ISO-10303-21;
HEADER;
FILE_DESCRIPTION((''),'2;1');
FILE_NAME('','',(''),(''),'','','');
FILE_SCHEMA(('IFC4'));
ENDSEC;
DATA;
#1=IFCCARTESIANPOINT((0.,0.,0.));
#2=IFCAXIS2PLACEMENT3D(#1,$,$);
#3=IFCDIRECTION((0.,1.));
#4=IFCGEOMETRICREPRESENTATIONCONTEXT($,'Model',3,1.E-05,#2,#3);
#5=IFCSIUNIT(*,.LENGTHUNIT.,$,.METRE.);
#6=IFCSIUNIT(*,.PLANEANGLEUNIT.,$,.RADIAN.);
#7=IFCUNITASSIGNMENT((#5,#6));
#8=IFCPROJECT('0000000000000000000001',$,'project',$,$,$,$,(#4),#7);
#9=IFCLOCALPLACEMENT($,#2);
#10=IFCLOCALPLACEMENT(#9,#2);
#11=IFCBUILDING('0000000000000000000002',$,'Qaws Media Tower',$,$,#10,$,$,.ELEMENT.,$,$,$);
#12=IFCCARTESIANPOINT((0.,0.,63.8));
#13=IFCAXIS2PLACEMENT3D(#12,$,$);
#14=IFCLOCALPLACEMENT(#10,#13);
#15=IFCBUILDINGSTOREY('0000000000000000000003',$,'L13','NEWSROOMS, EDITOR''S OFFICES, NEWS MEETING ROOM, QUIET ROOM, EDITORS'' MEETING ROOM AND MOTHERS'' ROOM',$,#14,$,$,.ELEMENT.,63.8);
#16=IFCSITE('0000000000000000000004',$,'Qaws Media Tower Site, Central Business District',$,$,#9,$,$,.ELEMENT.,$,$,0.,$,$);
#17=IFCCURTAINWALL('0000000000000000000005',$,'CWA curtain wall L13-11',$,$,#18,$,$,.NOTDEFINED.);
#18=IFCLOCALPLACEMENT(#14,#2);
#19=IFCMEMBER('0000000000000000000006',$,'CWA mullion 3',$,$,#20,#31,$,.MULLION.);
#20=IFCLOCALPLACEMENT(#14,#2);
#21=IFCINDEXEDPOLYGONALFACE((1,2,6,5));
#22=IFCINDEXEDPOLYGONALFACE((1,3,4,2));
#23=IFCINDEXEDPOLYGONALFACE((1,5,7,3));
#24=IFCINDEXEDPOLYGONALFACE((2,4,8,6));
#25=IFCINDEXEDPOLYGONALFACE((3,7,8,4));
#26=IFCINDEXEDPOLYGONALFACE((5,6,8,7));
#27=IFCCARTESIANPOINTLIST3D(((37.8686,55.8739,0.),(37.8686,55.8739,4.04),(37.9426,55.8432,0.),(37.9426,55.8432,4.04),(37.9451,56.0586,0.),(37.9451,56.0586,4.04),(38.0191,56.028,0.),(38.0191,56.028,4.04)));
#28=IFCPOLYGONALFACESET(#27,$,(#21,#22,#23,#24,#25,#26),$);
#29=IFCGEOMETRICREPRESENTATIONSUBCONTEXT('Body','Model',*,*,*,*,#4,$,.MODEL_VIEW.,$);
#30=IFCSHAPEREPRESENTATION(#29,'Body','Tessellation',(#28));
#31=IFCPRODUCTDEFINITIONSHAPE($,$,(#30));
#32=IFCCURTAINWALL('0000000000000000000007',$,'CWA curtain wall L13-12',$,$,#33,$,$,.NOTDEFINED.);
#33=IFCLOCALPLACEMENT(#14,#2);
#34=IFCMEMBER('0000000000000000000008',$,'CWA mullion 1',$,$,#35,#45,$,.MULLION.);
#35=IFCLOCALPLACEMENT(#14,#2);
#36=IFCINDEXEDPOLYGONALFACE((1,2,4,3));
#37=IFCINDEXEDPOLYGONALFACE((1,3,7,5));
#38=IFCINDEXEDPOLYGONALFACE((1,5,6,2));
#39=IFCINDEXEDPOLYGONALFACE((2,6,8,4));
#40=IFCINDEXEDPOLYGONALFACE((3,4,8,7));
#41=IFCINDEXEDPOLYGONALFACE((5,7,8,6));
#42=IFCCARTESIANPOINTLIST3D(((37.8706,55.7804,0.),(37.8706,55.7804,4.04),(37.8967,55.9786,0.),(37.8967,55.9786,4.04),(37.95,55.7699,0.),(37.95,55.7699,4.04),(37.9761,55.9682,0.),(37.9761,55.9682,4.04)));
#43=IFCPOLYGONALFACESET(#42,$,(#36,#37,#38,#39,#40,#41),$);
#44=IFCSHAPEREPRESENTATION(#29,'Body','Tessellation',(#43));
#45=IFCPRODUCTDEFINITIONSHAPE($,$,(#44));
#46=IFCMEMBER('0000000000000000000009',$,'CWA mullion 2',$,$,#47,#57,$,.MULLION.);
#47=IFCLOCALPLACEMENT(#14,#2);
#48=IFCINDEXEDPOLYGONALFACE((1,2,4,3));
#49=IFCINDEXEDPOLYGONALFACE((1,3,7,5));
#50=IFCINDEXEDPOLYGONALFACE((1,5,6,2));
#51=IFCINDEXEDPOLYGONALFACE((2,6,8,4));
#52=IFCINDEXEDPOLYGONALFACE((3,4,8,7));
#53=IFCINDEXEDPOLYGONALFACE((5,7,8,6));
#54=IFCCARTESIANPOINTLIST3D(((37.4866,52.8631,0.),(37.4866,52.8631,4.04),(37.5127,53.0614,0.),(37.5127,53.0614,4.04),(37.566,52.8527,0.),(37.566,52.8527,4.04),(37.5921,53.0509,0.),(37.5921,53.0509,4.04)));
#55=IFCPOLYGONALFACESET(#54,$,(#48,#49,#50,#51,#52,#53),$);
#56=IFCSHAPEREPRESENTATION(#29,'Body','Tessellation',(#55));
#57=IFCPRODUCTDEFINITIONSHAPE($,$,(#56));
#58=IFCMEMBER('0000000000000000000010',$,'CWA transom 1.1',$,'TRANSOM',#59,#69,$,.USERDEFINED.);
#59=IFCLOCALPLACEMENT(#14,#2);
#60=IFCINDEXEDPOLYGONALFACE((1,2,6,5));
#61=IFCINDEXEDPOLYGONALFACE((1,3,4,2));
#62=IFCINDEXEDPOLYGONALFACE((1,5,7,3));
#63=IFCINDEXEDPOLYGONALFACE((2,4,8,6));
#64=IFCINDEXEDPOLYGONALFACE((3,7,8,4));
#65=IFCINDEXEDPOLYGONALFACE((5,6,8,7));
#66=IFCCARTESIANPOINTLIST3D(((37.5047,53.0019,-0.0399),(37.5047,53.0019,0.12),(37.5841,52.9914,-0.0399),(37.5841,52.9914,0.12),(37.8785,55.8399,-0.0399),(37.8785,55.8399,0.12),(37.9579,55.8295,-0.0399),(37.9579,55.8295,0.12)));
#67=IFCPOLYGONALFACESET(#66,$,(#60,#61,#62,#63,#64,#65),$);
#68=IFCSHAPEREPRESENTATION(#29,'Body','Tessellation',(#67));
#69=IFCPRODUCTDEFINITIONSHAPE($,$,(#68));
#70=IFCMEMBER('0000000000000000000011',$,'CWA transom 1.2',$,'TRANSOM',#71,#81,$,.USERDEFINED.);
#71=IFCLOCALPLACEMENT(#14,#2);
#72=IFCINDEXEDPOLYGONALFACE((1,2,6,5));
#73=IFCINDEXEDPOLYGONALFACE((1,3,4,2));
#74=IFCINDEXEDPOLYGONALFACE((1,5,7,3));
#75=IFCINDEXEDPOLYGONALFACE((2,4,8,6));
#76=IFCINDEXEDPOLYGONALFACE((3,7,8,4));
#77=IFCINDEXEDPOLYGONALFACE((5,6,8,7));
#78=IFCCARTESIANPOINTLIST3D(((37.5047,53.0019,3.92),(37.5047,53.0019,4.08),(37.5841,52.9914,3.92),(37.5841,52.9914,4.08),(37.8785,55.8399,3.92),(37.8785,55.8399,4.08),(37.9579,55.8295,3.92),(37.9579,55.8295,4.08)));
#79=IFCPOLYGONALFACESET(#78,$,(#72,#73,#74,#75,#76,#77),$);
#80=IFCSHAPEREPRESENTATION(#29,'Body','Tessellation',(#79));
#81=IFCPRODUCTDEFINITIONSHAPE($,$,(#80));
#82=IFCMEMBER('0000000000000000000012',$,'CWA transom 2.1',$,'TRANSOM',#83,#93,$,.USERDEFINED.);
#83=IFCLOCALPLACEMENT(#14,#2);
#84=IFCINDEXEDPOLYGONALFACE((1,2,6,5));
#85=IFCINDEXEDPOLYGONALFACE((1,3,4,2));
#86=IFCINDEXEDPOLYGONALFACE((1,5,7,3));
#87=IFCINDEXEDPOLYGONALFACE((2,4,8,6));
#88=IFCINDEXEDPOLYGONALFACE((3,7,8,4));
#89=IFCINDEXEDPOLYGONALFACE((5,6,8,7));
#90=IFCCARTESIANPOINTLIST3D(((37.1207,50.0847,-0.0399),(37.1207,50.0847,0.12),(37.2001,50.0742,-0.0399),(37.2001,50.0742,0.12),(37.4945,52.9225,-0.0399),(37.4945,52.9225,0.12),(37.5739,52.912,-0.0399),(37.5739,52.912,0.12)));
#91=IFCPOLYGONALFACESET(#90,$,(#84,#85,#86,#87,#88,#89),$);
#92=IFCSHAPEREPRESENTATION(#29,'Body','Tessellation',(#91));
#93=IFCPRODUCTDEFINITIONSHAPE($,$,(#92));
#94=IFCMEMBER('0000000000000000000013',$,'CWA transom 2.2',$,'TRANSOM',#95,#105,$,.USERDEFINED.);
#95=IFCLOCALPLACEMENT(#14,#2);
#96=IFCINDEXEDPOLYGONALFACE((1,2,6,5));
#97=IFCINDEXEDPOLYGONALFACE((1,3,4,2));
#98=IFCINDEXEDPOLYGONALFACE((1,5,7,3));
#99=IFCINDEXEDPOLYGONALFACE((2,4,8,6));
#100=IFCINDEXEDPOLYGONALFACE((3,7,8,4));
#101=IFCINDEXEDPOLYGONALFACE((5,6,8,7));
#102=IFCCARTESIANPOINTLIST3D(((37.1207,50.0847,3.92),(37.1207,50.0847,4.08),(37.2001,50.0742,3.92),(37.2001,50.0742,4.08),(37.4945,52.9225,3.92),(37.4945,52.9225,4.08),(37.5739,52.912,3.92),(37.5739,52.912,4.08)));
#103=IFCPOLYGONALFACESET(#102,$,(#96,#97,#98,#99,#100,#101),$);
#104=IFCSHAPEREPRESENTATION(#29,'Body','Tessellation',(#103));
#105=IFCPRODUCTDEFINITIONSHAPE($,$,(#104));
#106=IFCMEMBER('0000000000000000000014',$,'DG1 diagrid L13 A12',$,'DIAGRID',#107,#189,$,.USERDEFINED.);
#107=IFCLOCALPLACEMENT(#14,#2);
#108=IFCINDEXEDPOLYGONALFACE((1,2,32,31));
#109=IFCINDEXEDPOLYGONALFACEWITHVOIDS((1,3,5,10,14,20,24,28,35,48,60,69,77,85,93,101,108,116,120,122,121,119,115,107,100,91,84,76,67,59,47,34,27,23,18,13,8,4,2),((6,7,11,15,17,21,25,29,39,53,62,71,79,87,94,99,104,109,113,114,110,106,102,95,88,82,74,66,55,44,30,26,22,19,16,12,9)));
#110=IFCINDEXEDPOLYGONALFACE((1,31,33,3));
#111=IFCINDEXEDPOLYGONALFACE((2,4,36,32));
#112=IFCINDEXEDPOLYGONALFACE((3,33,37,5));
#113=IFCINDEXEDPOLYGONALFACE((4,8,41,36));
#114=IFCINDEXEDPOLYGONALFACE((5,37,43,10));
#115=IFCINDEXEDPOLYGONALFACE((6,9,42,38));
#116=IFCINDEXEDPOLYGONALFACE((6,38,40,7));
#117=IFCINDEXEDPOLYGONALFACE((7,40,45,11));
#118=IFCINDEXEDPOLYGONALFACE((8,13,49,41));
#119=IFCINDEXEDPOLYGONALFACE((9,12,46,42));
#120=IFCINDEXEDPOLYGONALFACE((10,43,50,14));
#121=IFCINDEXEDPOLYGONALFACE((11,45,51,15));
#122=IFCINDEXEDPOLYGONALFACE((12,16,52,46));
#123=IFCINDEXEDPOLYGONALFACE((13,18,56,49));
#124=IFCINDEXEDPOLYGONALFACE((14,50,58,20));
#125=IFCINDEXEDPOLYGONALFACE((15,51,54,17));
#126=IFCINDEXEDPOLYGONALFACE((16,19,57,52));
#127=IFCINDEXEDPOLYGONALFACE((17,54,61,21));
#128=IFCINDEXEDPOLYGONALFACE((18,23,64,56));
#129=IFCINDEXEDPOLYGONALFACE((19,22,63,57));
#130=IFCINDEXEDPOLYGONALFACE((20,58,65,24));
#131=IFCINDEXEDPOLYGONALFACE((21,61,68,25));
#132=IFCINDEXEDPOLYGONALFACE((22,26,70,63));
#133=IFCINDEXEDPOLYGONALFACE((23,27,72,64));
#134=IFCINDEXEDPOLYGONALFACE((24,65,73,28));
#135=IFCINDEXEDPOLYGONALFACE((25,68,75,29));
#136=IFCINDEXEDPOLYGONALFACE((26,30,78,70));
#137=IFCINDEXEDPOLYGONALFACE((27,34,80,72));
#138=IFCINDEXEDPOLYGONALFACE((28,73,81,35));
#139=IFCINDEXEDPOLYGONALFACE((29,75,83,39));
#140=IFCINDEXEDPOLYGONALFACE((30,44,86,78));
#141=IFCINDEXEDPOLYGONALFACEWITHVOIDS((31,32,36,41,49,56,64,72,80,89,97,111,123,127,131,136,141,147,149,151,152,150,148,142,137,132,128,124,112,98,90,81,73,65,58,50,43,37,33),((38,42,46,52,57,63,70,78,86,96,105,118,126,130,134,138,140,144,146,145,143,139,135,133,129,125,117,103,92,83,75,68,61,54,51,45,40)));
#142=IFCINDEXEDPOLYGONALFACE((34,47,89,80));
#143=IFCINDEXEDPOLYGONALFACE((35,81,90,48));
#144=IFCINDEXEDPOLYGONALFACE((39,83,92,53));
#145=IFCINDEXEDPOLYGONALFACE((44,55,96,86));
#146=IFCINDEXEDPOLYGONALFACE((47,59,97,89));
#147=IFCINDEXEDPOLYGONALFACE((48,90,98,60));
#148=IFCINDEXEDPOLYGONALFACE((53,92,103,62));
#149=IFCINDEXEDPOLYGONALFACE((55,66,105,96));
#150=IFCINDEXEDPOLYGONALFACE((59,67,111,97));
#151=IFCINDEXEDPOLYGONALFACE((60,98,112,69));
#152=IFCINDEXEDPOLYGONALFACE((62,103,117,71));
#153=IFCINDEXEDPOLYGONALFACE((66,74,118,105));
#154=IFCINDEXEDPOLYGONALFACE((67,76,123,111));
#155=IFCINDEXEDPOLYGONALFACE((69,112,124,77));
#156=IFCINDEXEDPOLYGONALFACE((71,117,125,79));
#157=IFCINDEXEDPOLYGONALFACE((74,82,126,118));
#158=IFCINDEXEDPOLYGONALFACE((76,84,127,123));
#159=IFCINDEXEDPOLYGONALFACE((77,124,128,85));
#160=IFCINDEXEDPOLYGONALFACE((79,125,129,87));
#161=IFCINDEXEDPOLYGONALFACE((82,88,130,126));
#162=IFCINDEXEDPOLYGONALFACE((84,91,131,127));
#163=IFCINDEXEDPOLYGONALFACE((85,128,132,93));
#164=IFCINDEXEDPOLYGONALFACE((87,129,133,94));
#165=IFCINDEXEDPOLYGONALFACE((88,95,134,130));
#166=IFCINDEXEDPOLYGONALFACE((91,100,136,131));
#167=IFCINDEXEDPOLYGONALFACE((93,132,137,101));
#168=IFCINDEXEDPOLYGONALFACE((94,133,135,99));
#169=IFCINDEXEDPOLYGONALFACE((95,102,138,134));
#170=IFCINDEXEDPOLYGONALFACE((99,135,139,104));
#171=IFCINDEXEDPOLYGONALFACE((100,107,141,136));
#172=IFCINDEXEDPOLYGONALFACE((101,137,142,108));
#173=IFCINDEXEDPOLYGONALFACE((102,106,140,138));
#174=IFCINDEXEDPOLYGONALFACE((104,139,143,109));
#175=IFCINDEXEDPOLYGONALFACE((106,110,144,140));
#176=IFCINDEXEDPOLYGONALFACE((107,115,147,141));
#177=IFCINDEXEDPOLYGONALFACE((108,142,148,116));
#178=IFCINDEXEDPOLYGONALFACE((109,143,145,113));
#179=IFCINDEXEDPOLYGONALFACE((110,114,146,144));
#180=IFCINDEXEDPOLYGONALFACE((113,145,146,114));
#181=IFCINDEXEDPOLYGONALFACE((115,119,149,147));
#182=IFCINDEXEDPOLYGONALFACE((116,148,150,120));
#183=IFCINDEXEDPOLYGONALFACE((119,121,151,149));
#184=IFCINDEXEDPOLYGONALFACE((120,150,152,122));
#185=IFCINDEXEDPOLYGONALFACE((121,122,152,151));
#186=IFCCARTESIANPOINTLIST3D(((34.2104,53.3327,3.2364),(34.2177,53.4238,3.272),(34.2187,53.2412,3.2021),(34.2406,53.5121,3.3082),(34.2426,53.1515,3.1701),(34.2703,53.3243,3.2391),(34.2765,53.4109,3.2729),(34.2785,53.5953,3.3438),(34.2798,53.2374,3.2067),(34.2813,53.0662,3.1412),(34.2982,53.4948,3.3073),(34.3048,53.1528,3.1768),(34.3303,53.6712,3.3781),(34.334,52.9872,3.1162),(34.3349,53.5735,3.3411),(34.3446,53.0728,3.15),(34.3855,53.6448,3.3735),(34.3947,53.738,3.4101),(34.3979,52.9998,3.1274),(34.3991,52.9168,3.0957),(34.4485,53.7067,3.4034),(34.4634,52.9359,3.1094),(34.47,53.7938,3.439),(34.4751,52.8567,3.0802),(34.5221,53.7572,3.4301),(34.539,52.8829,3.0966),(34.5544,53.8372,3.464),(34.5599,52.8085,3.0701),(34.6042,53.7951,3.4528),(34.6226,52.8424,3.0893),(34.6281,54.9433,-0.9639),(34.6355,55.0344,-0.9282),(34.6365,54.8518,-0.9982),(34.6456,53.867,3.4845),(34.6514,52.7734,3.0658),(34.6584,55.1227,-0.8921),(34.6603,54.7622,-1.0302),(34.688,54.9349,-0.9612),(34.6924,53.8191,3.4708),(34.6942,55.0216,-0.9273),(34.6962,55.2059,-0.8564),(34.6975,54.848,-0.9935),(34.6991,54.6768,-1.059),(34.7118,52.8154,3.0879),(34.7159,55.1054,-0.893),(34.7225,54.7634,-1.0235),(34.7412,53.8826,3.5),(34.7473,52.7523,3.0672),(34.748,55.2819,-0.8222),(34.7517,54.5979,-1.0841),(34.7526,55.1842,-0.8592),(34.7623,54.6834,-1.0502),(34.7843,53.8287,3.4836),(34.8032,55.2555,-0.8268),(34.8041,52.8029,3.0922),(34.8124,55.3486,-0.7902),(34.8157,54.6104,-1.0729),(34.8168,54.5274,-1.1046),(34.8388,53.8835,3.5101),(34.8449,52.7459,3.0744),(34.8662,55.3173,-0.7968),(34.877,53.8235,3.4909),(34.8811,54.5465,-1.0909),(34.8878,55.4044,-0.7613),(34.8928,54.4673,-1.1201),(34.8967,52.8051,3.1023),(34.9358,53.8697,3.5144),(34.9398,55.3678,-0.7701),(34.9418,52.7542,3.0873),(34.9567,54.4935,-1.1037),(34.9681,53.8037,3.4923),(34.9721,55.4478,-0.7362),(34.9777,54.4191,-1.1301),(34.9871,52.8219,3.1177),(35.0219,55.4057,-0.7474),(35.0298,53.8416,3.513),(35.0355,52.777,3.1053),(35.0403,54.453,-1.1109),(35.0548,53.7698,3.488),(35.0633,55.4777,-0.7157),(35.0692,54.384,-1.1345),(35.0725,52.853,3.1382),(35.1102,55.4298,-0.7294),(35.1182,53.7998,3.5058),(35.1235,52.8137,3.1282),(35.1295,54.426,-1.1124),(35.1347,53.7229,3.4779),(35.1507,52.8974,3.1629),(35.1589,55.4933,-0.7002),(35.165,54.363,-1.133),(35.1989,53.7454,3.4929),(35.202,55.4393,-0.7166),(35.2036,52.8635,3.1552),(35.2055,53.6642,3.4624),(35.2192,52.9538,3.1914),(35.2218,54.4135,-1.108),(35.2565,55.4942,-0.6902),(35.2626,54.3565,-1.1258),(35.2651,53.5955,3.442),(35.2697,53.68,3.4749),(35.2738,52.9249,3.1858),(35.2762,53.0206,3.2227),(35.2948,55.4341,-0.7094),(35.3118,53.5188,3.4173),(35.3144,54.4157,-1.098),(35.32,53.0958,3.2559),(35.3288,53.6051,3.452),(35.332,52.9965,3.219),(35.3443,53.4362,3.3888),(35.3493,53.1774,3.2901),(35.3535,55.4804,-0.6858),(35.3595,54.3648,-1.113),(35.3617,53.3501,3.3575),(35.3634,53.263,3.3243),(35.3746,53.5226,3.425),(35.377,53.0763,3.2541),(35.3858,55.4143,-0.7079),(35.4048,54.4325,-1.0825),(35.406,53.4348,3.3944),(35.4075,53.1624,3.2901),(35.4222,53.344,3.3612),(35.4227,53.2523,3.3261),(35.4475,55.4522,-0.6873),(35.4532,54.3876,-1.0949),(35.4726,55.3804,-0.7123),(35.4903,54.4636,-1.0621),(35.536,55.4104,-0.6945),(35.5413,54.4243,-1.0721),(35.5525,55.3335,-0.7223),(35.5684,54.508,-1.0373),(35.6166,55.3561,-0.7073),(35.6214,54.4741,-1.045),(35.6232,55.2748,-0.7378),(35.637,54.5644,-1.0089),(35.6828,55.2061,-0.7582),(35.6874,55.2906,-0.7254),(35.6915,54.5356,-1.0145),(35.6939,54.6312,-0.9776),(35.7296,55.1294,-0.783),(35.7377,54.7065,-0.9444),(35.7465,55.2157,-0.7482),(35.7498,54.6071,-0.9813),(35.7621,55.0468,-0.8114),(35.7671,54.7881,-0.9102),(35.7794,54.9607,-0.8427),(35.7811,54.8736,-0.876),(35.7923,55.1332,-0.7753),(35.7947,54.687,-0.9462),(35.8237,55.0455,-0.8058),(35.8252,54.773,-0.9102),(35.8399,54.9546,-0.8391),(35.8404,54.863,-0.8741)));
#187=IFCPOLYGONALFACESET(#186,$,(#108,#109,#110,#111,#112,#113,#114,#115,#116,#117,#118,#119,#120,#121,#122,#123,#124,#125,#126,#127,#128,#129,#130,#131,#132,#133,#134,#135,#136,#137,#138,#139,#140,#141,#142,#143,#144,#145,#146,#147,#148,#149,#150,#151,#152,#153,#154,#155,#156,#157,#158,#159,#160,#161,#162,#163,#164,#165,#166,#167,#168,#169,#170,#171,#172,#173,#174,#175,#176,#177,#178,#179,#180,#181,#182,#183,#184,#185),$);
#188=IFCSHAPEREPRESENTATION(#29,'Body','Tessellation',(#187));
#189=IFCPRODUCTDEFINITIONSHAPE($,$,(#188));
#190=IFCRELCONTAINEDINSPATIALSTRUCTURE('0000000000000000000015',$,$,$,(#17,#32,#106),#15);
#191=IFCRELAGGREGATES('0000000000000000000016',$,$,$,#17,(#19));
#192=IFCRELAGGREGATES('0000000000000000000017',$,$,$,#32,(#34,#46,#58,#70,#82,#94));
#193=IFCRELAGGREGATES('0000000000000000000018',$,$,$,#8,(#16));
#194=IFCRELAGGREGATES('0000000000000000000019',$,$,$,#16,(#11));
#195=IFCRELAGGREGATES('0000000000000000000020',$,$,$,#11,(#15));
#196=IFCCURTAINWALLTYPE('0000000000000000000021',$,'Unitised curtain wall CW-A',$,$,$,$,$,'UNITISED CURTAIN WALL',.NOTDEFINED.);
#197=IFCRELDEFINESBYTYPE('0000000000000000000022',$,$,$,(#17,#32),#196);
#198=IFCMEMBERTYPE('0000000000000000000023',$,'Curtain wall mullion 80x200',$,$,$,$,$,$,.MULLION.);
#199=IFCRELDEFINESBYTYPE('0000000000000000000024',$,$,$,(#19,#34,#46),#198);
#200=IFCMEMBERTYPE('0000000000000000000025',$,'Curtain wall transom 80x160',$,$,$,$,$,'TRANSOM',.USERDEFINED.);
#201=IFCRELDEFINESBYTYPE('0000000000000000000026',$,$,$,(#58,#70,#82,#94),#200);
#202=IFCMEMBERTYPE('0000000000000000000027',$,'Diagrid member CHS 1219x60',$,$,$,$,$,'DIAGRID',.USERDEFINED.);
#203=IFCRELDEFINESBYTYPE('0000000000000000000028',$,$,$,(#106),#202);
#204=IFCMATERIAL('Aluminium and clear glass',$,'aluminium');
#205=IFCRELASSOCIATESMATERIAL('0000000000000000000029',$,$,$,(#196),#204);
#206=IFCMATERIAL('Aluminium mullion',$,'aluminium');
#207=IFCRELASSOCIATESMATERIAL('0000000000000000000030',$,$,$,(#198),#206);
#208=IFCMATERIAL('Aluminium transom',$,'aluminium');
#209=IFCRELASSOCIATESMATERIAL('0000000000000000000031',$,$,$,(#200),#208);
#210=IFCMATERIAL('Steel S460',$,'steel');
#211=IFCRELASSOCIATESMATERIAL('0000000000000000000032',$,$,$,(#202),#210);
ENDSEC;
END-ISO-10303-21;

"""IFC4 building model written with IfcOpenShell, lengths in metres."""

from ifc_helpers import new_model, si_unit, direction, frame, origin, origin_2d, place, context, subcontext, project, spatial, rectangle, hollow_circle, extrude, material, material_profile, profile_set, type_object, element, aggregate, save


model = new_model("IFC4")

# Units and contexts
model_context = context("Model", 3, precision=1e-05, world=origin(), true_north=direction((0.0, 1.0)))
body_context = subcontext(model_context, "Body", "Model", "MODEL_VIEW")
ifc_project = project(units=[si_unit("LENGTHUNIT", "METRE"), si_unit("PLANEANGLEUNIT", "RADIAN")], contexts=[model_context])

# Site, building, storey
site_placement = place(None, origin())
site = spatial("IfcSite", under=ifc_project, at=site_placement, Name="Qaws Media Tower Site, Central Business District", CompositionType="ELEMENT", RefElevation=0.0)
building_placement = place(site_placement, origin())
building = spatial("IfcBuilding", under=site, at=building_placement, Name="Qaws Media Tower", CompositionType="ELEMENT")
storey_placement = place(building_placement, frame((0.0, 0.0, 63.8)))
storey = spatial("IfcBuildingStorey", under=building, at=storey_placement, Name="L13", Description="NEWSROOMS, EDITOR'S OFFICES, NEWS MEETING ROOM, QUIET ROOM, EDITORS' MEETING ROOM AND MOTHERS' ROOM", CompositionType="ELEMENT", Elevation=63.8)

# Curtain wall, member
ifc_material_1 = material(Name="Aluminium and clear glass", Category="aluminium")
curtain_wall_type = type_object("IfcCurtainWallType", Name="Unitised curtain wall CW-A", ElementType="UNITISED CURTAIN WALL", PredefinedType="NOTDEFINED", material=ifc_material_1)
curtain_wall_1_placement = place(storey_placement, origin())
curtain_wall_1 = element("IfcCurtainWall", 1, at=curtain_wall_1_placement, inside=storey, type_object=curtain_wall_type, Name="CWA curtain wall L13-11", PredefinedType="NOTDEFINED")
ifc_material_2 = material(Name="Aluminium mullion", Category="aluminium")
ifc_material_profile_1 = material_profile(ifc_material_2, rectangle(XDim=0.0801, YDim=0.2, at=origin_2d()), Name="80x200")
ifc_profile_set_1 = profile_set([ifc_material_profile_1], Name="Aluminium mullion")
member_type_1 = type_object("IfcMemberType", Name="Curtain wall mullion 80x200", PredefinedType="MULLION", material=ifc_profile_set_1)
member_1_placement = place(storey_placement, frame((37.9438, 55.9509, 0.0), z_axis=(0.0, 0.0, 1.0), x_axis=(0.92388, -0.382683, 0.0)))
member_1 = element("IfcMember", 2, at=member_1_placement, type_object=member_type_1, Name="CWA mullion 3", PredefinedType="MULLION", context=body_context, shape_type="SweptSolid", body=[
    extrude(rectangle(XDim=0.0801, YDim=0.2, at=origin_2d()), origin(), (0.0, 0.0, 1.0), 4.04),
])

# Curtain wall, members
curtain_wall_2_placement = place(storey_placement, origin())
curtain_wall_2 = element("IfcCurtainWall", 3, at=curtain_wall_2_placement, inside=storey, type_object=curtain_wall_type, Name="CWA curtain wall L13-12", PredefinedType="NOTDEFINED")
member_2_placement = place(storey_placement, frame((37.9233, 55.8743, 0.0), z_axis=(0.0, 0.0, 1.0), x_axis=(0.991445, -0.130526, 0.0)))
member_2 = element("IfcMember", 4, at=member_2_placement, type_object=member_type_1, Name="CWA mullion 1", PredefinedType="MULLION", context=body_context, shape_type="SweptSolid", body=[
    extrude(rectangle(XDim=0.0801, YDim=0.2, at=origin_2d()), origin(), (0.0, 0.0, 1.0), 4.04),
])
member_3_placement = place(storey_placement, frame((37.5393, 52.957, 0.0), z_axis=(0.0, 0.0, 1.0), x_axis=(0.991445, -0.130526, 0.0)))
member_3 = element("IfcMember", 5, at=member_3_placement, type_object=member_type_1, Name="CWA mullion 2", PredefinedType="MULLION", context=body_context, shape_type="SweptSolid", body=[
    extrude(rectangle(XDim=0.0801, YDim=0.2, at=origin_2d()), origin(), (0.0, 0.0, 1.0), 4.04),
])
ifc_material_3 = material(Name="Aluminium transom", Category="aluminium")
ifc_material_profile_2 = material_profile(ifc_material_3, rectangle(XDim=0.0801, YDim=0.1599, at=origin_2d()), Name="80x160")
ifc_profile_set_2 = profile_set([ifc_material_profile_2], Name="Aluminium transom")
member_type_2 = type_object("IfcMemberType", Name="Curtain wall transom 80x160", ElementType="TRANSOM", PredefinedType="USERDEFINED", material=ifc_profile_set_2)
member_4_placement = place(storey_placement, frame((37.9182, 55.8347, 0.04), z_axis=(-0.130571, -0.991439, 0.0), x_axis=(0.991439, -0.130571, 0.0)))
member_4 = element("IfcMember", 6, at=member_4_placement, type_object=member_type_2, Name="CWA transom 1.1", ObjectType="TRANSOM", PredefinedType="USERDEFINED", context=body_context, shape_type="SweptSolid", body=[
    extrude(rectangle(XDim=0.0801, YDim=0.1599, at=origin_2d()), origin(), (0.0, 0.0, 1.0), 2.8625),
])
member_5_placement = place(storey_placement, frame((37.9182, 55.8347, 4.0), z_axis=(-0.130571, -0.991439, 0.0), x_axis=(0.991439, -0.130571, 0.0)))
member_5 = element("IfcMember", 7, at=member_5_placement, type_object=member_type_2, Name="CWA transom 1.2", ObjectType="TRANSOM", PredefinedType="USERDEFINED", context=body_context, shape_type="SweptSolid", body=[
    extrude(rectangle(XDim=0.0801, YDim=0.1599, at=origin_2d()), origin(), (0.0, 0.0, 1.0), 2.8625),
])
member_6_placement = place(storey_placement, frame((37.5342, 52.9172, 0.04), z_axis=(-0.130582, -0.991437, 0.0), x_axis=(0.991437, -0.130582, 0.0)))
member_6 = element("IfcMember", 8, at=member_6_placement, type_object=member_type_2, Name="CWA transom 2.1", ObjectType="TRANSOM", PredefinedType="USERDEFINED", context=body_context, shape_type="SweptSolid", body=[
    extrude(rectangle(XDim=0.0801, YDim=0.1599, at=origin_2d()), origin(), (0.0, 0.0, 1.0), 2.8623),
])
member_7_placement = place(storey_placement, frame((37.5342, 52.9172, 4.0), z_axis=(-0.130582, -0.991437, 0.0), x_axis=(0.991437, -0.130582, 0.0)))
member_7 = element("IfcMember", 9, at=member_7_placement, type_object=member_type_2, Name="CWA transom 2.2", ObjectType="TRANSOM", PredefinedType="USERDEFINED", context=body_context, shape_type="SweptSolid", body=[
    extrude(rectangle(XDim=0.0801, YDim=0.1599, at=origin_2d()), origin(), (0.0, 0.0, 1.0), 2.8623),
])

# Member
ifc_material_4 = material(Name="Steel S460", Category="steel")
ifc_material_profile_3 = material_profile(ifc_material_4, hollow_circle(Radius=0.6096, WallThickness=0.0601, at=origin_2d()), Name="CHS 1219x60")
ifc_profile_set_3 = profile_set([ifc_material_profile_3], Name="Steel S460")
member_type_3 = type_object("IfcMemberType", Name="Diagrid member CHS 1219x60", ElementType="DIAGRID", PredefinedType="USERDEFINED", material=ifc_profile_set_3)
for number, where, z_axis, x_axis, name in (
    (10, (35.2351, 54.926, -0.9102), (-0.092463, -0.356503, 0.929708), (0.967973, -0.251054, 0.0), "DG1 diagrid L13 A12"),
):
    element("IfcMember", number, at=place(storey_placement, frame(where, z_axis=z_axis, x_axis=x_axis)), inside=storey, type_object=member_type_3, Name=name, ObjectType="DIAGRID", PredefinedType="USERDEFINED", context=body_context, shape_type="SweptSolid", body=[
        extrude(hollow_circle(Radius=0.6096, WallThickness=0.0601, at=origin_2d()), origin(), (0.0, 0.0, 1.0), 4.5178),
    ])

aggregate(curtain_wall_1, [member_1])
aggregate(curtain_wall_2, [member_2, member_3, member_4, member_5, member_6, member_7])

save(model, "model.ifc")
